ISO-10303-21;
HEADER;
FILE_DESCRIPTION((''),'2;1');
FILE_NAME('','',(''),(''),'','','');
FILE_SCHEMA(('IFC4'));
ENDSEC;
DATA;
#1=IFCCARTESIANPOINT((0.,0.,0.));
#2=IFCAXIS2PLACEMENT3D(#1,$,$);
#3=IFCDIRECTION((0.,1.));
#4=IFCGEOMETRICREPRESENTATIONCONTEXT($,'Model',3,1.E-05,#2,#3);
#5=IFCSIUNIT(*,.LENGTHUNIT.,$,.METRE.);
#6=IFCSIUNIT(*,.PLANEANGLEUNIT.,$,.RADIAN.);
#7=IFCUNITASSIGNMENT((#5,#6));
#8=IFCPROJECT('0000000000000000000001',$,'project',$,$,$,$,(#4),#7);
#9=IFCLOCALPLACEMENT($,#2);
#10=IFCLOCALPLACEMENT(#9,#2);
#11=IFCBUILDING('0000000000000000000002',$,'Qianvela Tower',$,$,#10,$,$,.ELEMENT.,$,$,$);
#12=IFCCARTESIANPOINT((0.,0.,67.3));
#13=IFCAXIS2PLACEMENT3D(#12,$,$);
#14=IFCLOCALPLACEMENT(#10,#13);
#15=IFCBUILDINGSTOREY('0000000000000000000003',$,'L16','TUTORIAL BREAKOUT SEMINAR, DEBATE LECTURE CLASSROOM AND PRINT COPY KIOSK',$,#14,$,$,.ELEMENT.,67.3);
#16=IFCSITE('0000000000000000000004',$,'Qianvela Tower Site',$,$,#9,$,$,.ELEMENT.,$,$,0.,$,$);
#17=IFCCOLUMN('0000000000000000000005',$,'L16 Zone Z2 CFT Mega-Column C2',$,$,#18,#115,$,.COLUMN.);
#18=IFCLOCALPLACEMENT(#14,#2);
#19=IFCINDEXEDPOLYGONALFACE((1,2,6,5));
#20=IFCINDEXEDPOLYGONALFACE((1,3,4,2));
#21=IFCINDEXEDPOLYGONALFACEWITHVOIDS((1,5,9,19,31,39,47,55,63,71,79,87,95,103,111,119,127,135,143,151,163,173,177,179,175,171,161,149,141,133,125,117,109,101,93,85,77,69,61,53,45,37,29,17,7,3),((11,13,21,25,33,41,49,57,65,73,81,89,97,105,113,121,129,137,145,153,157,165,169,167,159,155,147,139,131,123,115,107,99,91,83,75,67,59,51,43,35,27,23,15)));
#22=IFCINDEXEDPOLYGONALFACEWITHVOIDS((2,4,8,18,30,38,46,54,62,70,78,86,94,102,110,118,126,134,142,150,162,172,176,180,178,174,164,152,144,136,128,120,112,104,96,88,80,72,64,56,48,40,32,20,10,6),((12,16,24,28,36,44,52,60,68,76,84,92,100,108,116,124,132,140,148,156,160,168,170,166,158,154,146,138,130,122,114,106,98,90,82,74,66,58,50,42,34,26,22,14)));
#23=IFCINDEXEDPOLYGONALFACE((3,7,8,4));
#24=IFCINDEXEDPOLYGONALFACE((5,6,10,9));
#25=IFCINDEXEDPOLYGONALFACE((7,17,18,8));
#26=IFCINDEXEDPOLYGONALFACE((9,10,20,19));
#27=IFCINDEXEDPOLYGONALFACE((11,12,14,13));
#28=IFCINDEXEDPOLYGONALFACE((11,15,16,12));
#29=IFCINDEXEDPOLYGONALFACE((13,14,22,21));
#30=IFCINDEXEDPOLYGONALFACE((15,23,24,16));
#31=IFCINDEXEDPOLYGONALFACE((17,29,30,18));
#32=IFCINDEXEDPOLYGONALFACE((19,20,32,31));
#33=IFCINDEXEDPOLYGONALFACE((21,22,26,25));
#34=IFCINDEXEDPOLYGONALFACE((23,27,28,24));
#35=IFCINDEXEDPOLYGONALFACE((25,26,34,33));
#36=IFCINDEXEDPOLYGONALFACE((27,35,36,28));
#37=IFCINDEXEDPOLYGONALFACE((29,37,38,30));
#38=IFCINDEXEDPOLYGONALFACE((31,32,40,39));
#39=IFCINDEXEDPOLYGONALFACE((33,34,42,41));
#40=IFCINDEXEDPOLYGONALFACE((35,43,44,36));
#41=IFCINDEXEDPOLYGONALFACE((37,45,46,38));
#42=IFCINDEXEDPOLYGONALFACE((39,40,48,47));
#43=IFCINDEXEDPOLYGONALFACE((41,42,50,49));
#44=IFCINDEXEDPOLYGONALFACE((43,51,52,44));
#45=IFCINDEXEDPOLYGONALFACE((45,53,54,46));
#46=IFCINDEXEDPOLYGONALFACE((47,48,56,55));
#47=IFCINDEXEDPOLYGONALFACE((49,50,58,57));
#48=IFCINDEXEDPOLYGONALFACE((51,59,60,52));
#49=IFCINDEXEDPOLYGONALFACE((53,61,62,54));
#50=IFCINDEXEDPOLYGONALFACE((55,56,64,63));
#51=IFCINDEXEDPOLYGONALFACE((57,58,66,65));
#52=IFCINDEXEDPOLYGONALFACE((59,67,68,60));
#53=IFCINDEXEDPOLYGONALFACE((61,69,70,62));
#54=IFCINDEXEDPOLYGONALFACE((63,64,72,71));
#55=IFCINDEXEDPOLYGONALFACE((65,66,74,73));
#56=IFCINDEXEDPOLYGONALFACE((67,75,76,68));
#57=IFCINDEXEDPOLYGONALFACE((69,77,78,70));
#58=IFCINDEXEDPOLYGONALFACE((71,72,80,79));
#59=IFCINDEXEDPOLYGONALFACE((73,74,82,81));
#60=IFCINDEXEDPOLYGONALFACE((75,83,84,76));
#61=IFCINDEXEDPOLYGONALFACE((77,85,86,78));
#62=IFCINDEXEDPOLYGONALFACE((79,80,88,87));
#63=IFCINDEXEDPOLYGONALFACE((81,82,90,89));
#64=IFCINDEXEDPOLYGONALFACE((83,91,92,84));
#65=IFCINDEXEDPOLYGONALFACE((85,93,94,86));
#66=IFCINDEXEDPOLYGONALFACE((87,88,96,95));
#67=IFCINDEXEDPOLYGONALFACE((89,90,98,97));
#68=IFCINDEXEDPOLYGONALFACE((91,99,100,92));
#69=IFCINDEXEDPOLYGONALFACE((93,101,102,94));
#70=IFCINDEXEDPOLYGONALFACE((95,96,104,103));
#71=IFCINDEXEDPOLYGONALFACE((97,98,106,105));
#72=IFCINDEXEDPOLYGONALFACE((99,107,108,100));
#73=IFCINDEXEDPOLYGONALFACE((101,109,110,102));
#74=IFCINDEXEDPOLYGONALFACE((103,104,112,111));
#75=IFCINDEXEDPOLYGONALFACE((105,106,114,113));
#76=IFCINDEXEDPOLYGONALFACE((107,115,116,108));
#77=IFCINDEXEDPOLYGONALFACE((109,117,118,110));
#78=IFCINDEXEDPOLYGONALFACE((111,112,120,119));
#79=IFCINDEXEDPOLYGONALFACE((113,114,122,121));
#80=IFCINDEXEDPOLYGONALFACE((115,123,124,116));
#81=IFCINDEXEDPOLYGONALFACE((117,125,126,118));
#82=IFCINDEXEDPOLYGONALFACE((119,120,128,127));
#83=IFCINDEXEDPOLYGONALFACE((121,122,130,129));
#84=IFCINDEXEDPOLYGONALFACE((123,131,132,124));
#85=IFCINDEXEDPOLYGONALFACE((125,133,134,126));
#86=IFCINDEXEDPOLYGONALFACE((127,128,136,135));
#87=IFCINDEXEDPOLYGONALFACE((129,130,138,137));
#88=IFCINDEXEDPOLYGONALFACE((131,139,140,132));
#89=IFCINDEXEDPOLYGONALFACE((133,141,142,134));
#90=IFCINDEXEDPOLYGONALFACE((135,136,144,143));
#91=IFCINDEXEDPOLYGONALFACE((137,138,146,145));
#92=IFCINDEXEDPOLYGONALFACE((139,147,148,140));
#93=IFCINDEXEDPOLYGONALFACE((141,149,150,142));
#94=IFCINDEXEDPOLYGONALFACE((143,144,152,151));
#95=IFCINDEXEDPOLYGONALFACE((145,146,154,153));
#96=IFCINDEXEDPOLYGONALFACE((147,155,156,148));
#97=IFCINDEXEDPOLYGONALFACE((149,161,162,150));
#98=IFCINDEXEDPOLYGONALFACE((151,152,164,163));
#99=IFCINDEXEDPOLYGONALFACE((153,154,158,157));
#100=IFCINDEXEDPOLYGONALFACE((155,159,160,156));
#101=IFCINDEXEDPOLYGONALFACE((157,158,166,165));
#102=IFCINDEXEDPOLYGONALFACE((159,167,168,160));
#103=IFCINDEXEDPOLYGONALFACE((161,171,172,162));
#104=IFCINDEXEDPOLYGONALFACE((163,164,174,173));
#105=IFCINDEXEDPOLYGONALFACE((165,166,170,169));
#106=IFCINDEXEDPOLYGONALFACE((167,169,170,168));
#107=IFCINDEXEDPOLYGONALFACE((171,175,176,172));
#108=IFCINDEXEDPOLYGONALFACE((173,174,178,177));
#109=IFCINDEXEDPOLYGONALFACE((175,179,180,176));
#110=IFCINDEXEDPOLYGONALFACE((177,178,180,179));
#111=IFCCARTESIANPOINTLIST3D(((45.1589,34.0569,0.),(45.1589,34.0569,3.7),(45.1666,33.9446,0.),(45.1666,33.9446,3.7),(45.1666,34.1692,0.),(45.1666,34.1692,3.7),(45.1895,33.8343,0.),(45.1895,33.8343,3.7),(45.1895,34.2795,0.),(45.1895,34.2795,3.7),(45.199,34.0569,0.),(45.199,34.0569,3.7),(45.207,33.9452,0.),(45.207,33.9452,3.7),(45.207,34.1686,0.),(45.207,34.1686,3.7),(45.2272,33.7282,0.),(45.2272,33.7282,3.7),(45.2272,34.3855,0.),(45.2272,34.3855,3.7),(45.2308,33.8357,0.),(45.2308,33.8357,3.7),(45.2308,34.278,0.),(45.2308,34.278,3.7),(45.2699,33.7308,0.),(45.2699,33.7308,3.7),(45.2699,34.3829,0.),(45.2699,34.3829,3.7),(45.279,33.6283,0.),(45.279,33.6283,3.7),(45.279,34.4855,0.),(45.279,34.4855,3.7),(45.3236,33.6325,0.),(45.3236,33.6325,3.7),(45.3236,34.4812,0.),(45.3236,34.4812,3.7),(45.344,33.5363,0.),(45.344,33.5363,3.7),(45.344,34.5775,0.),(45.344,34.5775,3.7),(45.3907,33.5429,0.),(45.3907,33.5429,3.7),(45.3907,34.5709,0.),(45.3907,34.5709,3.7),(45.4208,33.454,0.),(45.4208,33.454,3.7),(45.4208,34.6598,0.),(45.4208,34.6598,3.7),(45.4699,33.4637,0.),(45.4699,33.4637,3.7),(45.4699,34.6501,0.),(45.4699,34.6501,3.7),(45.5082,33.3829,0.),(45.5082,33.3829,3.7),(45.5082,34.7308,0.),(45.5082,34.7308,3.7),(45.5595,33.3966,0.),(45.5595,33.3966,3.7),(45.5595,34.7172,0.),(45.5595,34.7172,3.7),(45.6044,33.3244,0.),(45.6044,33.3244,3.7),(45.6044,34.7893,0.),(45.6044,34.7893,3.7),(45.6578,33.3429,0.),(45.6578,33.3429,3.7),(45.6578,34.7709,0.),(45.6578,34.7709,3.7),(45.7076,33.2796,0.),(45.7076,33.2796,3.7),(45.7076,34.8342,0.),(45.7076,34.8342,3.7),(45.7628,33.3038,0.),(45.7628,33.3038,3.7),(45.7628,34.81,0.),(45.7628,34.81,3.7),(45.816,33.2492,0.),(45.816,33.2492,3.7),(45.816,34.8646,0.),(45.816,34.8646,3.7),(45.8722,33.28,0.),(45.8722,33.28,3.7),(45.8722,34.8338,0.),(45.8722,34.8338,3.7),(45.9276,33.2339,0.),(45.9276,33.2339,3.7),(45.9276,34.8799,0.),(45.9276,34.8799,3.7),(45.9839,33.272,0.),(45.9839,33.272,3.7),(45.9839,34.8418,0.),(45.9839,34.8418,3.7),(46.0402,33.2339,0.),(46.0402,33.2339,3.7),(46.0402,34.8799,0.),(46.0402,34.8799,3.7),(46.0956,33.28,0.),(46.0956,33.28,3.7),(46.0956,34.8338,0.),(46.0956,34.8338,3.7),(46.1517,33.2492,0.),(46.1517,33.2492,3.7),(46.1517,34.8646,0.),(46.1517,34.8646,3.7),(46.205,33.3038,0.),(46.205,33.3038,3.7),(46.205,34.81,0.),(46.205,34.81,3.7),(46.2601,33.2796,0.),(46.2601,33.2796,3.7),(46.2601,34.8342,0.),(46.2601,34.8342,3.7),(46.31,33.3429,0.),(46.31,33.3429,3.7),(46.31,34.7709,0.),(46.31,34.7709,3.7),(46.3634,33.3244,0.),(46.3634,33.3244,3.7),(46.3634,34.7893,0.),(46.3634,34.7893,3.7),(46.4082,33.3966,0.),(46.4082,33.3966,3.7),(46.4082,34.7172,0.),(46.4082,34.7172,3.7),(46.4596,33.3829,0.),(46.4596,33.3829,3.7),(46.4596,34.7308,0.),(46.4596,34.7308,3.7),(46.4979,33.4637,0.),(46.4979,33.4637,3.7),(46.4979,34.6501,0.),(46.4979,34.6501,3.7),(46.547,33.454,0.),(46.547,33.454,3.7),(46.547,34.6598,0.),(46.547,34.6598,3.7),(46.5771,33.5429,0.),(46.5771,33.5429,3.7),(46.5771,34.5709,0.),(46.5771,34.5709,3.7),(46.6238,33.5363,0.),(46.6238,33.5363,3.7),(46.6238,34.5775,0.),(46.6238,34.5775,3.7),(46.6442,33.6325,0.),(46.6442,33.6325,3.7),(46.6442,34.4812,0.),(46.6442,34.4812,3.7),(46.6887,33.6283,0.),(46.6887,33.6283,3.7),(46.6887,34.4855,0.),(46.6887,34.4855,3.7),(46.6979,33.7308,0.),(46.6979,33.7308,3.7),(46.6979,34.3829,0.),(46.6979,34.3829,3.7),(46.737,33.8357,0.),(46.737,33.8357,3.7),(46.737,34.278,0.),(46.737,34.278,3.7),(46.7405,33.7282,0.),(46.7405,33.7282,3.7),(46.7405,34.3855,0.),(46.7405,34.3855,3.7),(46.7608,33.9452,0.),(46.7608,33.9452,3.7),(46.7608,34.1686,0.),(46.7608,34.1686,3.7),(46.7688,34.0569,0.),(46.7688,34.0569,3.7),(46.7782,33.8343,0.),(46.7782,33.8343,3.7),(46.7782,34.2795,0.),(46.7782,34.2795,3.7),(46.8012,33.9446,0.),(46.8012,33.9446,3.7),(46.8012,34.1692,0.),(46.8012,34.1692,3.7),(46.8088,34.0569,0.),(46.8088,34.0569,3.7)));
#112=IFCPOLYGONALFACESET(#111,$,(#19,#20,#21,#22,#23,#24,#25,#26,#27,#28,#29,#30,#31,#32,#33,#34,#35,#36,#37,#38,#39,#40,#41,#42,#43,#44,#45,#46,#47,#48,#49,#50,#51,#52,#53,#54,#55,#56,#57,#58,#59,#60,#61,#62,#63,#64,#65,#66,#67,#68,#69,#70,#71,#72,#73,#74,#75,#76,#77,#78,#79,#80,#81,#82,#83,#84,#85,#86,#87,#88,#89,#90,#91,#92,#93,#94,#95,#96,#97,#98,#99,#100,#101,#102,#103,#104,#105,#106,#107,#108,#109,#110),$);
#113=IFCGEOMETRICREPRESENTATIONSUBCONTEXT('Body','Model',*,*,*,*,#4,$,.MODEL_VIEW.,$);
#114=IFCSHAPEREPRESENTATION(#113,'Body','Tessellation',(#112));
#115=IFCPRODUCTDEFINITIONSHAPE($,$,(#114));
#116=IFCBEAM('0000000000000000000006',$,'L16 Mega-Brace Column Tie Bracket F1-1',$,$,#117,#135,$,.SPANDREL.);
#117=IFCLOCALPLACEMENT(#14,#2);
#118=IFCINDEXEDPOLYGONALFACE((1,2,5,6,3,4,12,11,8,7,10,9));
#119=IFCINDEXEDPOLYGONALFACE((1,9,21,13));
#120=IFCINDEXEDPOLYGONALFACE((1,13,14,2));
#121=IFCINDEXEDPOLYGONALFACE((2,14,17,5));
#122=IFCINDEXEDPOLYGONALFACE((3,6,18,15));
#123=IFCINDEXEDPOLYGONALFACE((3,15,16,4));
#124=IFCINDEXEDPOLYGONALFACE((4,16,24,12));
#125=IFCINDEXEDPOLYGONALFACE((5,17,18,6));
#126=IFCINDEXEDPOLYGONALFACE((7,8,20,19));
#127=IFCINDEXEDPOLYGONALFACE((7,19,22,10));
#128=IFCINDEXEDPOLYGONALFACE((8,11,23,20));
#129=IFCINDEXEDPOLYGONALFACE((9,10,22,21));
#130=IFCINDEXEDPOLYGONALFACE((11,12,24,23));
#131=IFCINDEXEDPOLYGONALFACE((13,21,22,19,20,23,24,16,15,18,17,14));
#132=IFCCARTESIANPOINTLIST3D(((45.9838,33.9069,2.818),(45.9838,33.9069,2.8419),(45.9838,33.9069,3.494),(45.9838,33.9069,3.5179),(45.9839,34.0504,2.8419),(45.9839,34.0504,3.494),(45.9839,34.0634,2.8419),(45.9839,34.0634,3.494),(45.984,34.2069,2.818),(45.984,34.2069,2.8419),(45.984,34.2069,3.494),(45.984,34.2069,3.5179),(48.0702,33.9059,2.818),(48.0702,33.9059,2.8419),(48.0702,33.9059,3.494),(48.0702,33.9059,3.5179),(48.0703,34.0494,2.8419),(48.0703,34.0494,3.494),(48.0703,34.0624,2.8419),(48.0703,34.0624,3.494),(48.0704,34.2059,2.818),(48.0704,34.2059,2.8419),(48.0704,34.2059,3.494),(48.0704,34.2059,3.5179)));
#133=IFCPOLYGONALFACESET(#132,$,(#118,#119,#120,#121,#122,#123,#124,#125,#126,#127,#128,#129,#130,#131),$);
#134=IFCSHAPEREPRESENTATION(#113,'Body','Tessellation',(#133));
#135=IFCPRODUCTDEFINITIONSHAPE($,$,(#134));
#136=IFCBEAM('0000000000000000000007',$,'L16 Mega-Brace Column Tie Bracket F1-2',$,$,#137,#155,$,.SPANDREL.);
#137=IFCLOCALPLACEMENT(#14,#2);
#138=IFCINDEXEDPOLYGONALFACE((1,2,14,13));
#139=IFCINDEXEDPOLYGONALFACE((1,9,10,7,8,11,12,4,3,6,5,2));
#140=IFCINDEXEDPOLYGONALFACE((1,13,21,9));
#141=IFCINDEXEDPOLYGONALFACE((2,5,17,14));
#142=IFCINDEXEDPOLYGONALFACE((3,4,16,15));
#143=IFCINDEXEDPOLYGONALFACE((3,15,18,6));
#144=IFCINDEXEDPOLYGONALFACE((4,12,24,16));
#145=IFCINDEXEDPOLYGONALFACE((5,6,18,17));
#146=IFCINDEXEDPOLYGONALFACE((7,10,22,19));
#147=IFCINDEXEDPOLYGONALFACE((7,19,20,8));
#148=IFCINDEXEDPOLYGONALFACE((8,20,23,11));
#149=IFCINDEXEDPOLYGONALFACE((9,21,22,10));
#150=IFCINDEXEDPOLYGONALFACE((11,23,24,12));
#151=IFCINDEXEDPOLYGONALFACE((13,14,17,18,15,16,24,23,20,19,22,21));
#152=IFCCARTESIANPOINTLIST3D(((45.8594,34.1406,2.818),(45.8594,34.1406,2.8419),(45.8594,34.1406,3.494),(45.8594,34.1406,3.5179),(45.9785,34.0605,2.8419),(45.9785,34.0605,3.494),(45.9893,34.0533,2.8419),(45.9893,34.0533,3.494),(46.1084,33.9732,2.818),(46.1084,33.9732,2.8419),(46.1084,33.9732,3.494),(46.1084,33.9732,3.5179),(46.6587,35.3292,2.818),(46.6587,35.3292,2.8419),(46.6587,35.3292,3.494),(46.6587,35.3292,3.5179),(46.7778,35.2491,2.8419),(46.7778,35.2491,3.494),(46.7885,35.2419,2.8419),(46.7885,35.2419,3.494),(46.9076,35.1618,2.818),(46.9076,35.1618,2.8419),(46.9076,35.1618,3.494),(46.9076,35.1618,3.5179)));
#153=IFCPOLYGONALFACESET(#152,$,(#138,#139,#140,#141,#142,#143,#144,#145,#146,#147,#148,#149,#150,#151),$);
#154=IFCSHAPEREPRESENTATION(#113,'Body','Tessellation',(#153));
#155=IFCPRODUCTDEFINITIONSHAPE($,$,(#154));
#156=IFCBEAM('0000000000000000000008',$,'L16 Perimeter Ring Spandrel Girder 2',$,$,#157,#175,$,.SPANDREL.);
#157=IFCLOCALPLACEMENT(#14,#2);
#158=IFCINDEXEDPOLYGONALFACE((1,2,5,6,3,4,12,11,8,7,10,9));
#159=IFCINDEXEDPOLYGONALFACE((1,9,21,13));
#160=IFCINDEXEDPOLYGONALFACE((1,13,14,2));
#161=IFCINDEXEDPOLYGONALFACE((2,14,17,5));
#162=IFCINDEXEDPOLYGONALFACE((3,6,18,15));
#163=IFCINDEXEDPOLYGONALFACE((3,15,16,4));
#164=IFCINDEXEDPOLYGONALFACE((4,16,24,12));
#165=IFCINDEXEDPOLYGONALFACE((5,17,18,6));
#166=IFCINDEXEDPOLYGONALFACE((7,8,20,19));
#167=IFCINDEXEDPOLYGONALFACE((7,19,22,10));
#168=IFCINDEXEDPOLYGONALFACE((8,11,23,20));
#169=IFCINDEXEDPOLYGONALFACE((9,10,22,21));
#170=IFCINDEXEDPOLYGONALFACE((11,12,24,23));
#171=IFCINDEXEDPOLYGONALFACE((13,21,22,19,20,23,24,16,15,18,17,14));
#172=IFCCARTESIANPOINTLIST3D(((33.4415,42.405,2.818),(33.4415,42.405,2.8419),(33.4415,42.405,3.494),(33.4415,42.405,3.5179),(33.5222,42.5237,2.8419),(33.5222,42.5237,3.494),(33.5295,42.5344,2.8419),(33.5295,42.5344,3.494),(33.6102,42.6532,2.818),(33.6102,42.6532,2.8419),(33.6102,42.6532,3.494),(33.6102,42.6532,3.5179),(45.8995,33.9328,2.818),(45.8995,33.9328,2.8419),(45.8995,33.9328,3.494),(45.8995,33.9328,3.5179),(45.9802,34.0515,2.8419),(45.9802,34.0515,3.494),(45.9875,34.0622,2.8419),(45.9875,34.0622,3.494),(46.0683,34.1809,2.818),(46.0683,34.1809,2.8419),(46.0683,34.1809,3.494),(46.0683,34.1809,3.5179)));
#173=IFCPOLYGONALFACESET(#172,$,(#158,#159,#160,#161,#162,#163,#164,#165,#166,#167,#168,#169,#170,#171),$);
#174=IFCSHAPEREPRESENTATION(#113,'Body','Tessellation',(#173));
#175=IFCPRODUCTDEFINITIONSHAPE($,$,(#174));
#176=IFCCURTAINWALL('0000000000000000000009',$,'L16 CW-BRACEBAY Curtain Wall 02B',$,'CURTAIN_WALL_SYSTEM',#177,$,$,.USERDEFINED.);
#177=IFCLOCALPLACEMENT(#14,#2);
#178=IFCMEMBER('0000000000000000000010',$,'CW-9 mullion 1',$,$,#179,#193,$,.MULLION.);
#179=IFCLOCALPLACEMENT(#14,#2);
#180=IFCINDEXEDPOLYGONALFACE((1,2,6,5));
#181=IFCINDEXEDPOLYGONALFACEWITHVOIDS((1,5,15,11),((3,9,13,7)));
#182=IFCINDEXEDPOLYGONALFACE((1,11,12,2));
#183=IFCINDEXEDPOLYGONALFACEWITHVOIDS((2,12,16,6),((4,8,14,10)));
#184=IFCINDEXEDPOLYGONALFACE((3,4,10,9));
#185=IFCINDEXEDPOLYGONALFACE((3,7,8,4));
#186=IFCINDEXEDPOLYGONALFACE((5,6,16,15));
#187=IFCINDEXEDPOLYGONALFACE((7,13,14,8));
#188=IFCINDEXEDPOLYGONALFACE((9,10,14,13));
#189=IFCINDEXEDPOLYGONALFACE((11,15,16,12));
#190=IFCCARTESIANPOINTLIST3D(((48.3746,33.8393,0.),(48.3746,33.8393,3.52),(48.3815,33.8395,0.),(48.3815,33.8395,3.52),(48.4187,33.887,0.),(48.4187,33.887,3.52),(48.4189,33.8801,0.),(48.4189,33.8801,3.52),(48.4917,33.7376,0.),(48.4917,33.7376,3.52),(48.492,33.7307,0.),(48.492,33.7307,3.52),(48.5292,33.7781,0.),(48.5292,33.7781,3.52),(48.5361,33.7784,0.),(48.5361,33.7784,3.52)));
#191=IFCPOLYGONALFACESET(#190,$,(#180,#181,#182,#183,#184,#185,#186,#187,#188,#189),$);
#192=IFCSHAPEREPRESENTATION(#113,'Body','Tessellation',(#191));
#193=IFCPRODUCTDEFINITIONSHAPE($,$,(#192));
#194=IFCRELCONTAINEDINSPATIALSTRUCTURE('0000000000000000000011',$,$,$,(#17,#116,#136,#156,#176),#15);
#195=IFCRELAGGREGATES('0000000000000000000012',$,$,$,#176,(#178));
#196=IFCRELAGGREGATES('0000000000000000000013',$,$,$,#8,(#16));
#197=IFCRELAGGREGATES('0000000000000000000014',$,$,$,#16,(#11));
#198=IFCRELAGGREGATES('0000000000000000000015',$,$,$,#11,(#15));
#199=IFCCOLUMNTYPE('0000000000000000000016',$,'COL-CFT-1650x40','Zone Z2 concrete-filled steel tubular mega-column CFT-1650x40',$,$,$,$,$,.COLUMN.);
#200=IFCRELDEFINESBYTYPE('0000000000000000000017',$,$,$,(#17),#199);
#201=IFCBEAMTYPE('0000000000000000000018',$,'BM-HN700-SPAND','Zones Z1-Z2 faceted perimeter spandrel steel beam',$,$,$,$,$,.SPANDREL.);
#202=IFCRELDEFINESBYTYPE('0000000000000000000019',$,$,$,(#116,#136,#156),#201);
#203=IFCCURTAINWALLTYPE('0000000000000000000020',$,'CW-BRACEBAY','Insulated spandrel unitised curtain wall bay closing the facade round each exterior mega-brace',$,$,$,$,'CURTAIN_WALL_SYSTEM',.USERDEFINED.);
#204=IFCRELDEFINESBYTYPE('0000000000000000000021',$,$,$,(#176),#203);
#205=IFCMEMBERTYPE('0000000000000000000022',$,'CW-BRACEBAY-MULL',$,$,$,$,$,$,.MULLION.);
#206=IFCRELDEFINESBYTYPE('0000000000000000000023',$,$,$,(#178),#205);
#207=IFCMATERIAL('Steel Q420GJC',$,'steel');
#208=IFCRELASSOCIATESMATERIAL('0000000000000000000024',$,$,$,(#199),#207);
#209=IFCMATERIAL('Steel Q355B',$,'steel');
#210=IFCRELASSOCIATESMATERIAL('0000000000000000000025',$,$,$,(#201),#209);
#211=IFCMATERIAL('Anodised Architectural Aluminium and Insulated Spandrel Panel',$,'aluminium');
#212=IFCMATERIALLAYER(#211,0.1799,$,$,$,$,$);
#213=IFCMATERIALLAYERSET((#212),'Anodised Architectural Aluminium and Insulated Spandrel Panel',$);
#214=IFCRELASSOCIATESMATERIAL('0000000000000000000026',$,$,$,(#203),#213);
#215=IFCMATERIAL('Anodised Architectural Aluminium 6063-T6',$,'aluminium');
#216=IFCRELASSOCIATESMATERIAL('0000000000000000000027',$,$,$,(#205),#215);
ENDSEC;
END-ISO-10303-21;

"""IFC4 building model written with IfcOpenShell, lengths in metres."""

from ifc_helpers import new_model, si_unit, direction, frame, origin, origin_2d, place, context, subcontext, project, spatial, hollow_rectangle, hollow_circle, i_section, extrude, material, layer, layer_set, material_profile, profile_set, type_object, element, aggregate, save


model = new_model("IFC4")

# Units and contexts
model_context = context("Model", 3, precision=1e-05, world=origin(), true_north=direction((0.0, 1.0)))
body_context = subcontext(model_context, "Body", "Model", "MODEL_VIEW")
ifc_project = project(units=[si_unit("LENGTHUNIT", "METRE"), si_unit("PLANEANGLEUNIT", "RADIAN")], contexts=[model_context])

# Site, building, storey
site_placement = place(None, origin())
site = spatial("IfcSite", under=ifc_project, at=site_placement, Name="Qianvela Tower Site", CompositionType="ELEMENT", RefElevation=0.0)
building_placement = place(site_placement, origin())
building = spatial("IfcBuilding", under=site, at=building_placement, Name="Qianvela Tower", CompositionType="ELEMENT")
storey_placement = place(building_placement, frame((0.0, 0.0, 67.3)))
storey = spatial("IfcBuildingStorey", under=building, at=storey_placement, Name="L16", Description="TUTORIAL BREAKOUT SEMINAR, DEBATE LECTURE CLASSROOM AND PRINT COPY KIOSK", CompositionType="ELEMENT", Elevation=67.3)

# Column
ifc_material_1 = material(Name="Steel Q420GJC", Category="steel")
ifc_material_profile_1 = material_profile(ifc_material_1, hollow_circle(Radius=0.825, WallThickness=0.04, at=origin_2d()), Name="CFT-1650x40")
ifc_profile_set_1 = profile_set([ifc_material_profile_1], Name="Steel Q420GJC")
column_type = type_object("IfcColumnType", Name="COL-CFT-1650x40", Description="Zone Z2 concrete-filled steel tubular mega-column CFT-1650x40", PredefinedType="COLUMN", material=ifc_profile_set_1)
column_placement = place(storey_placement, frame((45.9839, 34.0569, 0.0), z_axis=(0.0, 0.0, 1.0), x_axis=(1.0, 0.0, 0.0)))
element("IfcColumn", 1, at=column_placement, inside=storey, type_object=column_type, Name="L16 Zone Z2 CFT Mega-Column C2", PredefinedType="COLUMN", context=body_context, shape_type="SweptSolid", body=[
    extrude(hollow_circle(Radius=0.825, WallThickness=0.04, at=origin_2d()), origin(), (0.0, 0.0, 1.0), 3.7),
])

# Beams
ifc_material_2 = material(Name="Steel Q355B", Category="steel")
ifc_material_profile_2 = material_profile(ifc_material_2, i_section(OverallWidth=0.3, OverallDepth=0.7, WebThickness=0.0129, FlangeThickness=0.0239, at=origin_2d()), Name="HN700x300x13x24")
ifc_profile_set_2 = profile_set([ifc_material_profile_2], Name="Steel Q355B")
beam_type = type_object("IfcBeamType", Name="BM-HN700-SPAND", Description="Zones Z1-Z2 faceted perimeter spandrel steel beam", PredefinedType="SPANDREL", material=ifc_profile_set_2)
beam_1_placement = place(storey_placement, frame((45.9839, 34.0569, 3.168), z_axis=(1.0, -0.000468, 0.0), x_axis=(0.000468, 1.0, 0.0)))
element("IfcBeam", 2, at=beam_1_placement, inside=storey, type_object=beam_type, Name="L16 Mega-Brace Column Tie Bracket F1-1", PredefinedType="SPANDREL", context=body_context, shape_type="SweptSolid", body=[
    extrude(i_section(OverallWidth=0.3, OverallDepth=0.7, WebThickness=0.0129, FlangeThickness=0.0239, at=origin_2d()), origin(), (0.0, 0.0, 1.0), 2.0864),
])
beam_2_placement = place(storey_placement, frame((45.9839, 34.0569, 3.168), z_axis=(0.558, 0.829841, 0.0), x_axis=(-0.829841, 0.558, 0.0)))
element("IfcBeam", 3, at=beam_2_placement, inside=storey, type_object=beam_type, Name="L16 Mega-Brace Column Tie Bracket F1-2", PredefinedType="SPANDREL", context=body_context, shape_type="SweptSolid", body=[
    extrude(i_section(OverallWidth=0.3, OverallDepth=0.7, WebThickness=0.0129, FlangeThickness=0.0239, at=origin_2d()), origin(), (0.0, 0.0, 1.0), 1.4324),
])
beam_3_placement = place(storey_placement, frame((45.9839, 34.0569, 3.168), z_axis=(-0.826904, 0.562343, 0.0), x_axis=(-0.562343, -0.826904, 0.0)))
element("IfcBeam", 4, at=beam_3_placement, inside=storey, type_object=beam_type, Name="L16 Perimeter Ring Spandrel Girder 2", PredefinedType="SPANDREL", context=body_context, shape_type="SweptSolid", body=[
    extrude(i_section(OverallWidth=0.3, OverallDepth=0.7, WebThickness=0.0129, FlangeThickness=0.0239, at=origin_2d()), origin(), (0.0, 0.0, 1.0), 15.0659),
])

# Curtain wall, member
ifc_material_3 = material(Name="Anodised Architectural Aluminium and Insulated Spandrel Panel", Category="aluminium")
ifc_layer_1 = layer(ifc_material_3, 0.1799)
ifc_layer_set_1 = layer_set([ifc_layer_1], Name="Anodised Architectural Aluminium and Insulated Spandrel Panel")
curtain_wall_type_1 = type_object("IfcCurtainWallType", Name="CW-BRACEBAY", Description="Insulated spandrel unitised curtain wall bay closing the facade round each exterior mega-brace", ElementType="CURTAIN_WALL_SYSTEM", PredefinedType="USERDEFINED", material=ifc_layer_set_1)
curtain_wall_1_placement = place(storey_placement, origin())
curtain_wall_1 = element("IfcCurtainWall", 5, at=curtain_wall_1_placement, inside=storey, type_object=curtain_wall_type_1, Name="L16 CW-BRACEBAY Curtain Wall 02B", ObjectType="CURTAIN_WALL_SYSTEM", PredefinedType="USERDEFINED")
ifc_material_4 = material(Name="Anodised Architectural Aluminium 6063-T6", Category="aluminium")
ifc_material_profile_3 = material_profile(ifc_material_4, hollow_rectangle(XDim=0.0649, YDim=0.1599, WallThickness=0.0049, at=origin_2d()), Name="ALU-MULL-65x160")
ifc_profile_set_3 = profile_set([ifc_material_profile_3], Name="Anodised Architectural Aluminium 6063-T6")
member_type_1 = type_object("IfcMemberType", Name="CW-BRACEBAY-MULL", PredefinedType="MULLION", material=ifc_profile_set_3)
member_1_placement = place(storey_placement, frame((48.4553, 33.8088, 0.0), z_axis=(0.0, 0.0, 1.0), x_axis=(-0.678837, -0.734289, 0.0)))
member_1 = element("IfcMember", 6, at=member_1_placement, type_object=member_type_1, Name="CW-9 mullion 1", PredefinedType="MULLION", context=body_context, shape_type="SweptSolid", body=[
    extrude(hollow_rectangle(XDim=0.0649, YDim=0.1599, WallThickness=0.0049, at=origin_2d()), origin(), (0.0, 0.0, 1.0), 3.52),
])

aggregate(curtain_wall_1, [member_1])

save(model, "model.ifc")
